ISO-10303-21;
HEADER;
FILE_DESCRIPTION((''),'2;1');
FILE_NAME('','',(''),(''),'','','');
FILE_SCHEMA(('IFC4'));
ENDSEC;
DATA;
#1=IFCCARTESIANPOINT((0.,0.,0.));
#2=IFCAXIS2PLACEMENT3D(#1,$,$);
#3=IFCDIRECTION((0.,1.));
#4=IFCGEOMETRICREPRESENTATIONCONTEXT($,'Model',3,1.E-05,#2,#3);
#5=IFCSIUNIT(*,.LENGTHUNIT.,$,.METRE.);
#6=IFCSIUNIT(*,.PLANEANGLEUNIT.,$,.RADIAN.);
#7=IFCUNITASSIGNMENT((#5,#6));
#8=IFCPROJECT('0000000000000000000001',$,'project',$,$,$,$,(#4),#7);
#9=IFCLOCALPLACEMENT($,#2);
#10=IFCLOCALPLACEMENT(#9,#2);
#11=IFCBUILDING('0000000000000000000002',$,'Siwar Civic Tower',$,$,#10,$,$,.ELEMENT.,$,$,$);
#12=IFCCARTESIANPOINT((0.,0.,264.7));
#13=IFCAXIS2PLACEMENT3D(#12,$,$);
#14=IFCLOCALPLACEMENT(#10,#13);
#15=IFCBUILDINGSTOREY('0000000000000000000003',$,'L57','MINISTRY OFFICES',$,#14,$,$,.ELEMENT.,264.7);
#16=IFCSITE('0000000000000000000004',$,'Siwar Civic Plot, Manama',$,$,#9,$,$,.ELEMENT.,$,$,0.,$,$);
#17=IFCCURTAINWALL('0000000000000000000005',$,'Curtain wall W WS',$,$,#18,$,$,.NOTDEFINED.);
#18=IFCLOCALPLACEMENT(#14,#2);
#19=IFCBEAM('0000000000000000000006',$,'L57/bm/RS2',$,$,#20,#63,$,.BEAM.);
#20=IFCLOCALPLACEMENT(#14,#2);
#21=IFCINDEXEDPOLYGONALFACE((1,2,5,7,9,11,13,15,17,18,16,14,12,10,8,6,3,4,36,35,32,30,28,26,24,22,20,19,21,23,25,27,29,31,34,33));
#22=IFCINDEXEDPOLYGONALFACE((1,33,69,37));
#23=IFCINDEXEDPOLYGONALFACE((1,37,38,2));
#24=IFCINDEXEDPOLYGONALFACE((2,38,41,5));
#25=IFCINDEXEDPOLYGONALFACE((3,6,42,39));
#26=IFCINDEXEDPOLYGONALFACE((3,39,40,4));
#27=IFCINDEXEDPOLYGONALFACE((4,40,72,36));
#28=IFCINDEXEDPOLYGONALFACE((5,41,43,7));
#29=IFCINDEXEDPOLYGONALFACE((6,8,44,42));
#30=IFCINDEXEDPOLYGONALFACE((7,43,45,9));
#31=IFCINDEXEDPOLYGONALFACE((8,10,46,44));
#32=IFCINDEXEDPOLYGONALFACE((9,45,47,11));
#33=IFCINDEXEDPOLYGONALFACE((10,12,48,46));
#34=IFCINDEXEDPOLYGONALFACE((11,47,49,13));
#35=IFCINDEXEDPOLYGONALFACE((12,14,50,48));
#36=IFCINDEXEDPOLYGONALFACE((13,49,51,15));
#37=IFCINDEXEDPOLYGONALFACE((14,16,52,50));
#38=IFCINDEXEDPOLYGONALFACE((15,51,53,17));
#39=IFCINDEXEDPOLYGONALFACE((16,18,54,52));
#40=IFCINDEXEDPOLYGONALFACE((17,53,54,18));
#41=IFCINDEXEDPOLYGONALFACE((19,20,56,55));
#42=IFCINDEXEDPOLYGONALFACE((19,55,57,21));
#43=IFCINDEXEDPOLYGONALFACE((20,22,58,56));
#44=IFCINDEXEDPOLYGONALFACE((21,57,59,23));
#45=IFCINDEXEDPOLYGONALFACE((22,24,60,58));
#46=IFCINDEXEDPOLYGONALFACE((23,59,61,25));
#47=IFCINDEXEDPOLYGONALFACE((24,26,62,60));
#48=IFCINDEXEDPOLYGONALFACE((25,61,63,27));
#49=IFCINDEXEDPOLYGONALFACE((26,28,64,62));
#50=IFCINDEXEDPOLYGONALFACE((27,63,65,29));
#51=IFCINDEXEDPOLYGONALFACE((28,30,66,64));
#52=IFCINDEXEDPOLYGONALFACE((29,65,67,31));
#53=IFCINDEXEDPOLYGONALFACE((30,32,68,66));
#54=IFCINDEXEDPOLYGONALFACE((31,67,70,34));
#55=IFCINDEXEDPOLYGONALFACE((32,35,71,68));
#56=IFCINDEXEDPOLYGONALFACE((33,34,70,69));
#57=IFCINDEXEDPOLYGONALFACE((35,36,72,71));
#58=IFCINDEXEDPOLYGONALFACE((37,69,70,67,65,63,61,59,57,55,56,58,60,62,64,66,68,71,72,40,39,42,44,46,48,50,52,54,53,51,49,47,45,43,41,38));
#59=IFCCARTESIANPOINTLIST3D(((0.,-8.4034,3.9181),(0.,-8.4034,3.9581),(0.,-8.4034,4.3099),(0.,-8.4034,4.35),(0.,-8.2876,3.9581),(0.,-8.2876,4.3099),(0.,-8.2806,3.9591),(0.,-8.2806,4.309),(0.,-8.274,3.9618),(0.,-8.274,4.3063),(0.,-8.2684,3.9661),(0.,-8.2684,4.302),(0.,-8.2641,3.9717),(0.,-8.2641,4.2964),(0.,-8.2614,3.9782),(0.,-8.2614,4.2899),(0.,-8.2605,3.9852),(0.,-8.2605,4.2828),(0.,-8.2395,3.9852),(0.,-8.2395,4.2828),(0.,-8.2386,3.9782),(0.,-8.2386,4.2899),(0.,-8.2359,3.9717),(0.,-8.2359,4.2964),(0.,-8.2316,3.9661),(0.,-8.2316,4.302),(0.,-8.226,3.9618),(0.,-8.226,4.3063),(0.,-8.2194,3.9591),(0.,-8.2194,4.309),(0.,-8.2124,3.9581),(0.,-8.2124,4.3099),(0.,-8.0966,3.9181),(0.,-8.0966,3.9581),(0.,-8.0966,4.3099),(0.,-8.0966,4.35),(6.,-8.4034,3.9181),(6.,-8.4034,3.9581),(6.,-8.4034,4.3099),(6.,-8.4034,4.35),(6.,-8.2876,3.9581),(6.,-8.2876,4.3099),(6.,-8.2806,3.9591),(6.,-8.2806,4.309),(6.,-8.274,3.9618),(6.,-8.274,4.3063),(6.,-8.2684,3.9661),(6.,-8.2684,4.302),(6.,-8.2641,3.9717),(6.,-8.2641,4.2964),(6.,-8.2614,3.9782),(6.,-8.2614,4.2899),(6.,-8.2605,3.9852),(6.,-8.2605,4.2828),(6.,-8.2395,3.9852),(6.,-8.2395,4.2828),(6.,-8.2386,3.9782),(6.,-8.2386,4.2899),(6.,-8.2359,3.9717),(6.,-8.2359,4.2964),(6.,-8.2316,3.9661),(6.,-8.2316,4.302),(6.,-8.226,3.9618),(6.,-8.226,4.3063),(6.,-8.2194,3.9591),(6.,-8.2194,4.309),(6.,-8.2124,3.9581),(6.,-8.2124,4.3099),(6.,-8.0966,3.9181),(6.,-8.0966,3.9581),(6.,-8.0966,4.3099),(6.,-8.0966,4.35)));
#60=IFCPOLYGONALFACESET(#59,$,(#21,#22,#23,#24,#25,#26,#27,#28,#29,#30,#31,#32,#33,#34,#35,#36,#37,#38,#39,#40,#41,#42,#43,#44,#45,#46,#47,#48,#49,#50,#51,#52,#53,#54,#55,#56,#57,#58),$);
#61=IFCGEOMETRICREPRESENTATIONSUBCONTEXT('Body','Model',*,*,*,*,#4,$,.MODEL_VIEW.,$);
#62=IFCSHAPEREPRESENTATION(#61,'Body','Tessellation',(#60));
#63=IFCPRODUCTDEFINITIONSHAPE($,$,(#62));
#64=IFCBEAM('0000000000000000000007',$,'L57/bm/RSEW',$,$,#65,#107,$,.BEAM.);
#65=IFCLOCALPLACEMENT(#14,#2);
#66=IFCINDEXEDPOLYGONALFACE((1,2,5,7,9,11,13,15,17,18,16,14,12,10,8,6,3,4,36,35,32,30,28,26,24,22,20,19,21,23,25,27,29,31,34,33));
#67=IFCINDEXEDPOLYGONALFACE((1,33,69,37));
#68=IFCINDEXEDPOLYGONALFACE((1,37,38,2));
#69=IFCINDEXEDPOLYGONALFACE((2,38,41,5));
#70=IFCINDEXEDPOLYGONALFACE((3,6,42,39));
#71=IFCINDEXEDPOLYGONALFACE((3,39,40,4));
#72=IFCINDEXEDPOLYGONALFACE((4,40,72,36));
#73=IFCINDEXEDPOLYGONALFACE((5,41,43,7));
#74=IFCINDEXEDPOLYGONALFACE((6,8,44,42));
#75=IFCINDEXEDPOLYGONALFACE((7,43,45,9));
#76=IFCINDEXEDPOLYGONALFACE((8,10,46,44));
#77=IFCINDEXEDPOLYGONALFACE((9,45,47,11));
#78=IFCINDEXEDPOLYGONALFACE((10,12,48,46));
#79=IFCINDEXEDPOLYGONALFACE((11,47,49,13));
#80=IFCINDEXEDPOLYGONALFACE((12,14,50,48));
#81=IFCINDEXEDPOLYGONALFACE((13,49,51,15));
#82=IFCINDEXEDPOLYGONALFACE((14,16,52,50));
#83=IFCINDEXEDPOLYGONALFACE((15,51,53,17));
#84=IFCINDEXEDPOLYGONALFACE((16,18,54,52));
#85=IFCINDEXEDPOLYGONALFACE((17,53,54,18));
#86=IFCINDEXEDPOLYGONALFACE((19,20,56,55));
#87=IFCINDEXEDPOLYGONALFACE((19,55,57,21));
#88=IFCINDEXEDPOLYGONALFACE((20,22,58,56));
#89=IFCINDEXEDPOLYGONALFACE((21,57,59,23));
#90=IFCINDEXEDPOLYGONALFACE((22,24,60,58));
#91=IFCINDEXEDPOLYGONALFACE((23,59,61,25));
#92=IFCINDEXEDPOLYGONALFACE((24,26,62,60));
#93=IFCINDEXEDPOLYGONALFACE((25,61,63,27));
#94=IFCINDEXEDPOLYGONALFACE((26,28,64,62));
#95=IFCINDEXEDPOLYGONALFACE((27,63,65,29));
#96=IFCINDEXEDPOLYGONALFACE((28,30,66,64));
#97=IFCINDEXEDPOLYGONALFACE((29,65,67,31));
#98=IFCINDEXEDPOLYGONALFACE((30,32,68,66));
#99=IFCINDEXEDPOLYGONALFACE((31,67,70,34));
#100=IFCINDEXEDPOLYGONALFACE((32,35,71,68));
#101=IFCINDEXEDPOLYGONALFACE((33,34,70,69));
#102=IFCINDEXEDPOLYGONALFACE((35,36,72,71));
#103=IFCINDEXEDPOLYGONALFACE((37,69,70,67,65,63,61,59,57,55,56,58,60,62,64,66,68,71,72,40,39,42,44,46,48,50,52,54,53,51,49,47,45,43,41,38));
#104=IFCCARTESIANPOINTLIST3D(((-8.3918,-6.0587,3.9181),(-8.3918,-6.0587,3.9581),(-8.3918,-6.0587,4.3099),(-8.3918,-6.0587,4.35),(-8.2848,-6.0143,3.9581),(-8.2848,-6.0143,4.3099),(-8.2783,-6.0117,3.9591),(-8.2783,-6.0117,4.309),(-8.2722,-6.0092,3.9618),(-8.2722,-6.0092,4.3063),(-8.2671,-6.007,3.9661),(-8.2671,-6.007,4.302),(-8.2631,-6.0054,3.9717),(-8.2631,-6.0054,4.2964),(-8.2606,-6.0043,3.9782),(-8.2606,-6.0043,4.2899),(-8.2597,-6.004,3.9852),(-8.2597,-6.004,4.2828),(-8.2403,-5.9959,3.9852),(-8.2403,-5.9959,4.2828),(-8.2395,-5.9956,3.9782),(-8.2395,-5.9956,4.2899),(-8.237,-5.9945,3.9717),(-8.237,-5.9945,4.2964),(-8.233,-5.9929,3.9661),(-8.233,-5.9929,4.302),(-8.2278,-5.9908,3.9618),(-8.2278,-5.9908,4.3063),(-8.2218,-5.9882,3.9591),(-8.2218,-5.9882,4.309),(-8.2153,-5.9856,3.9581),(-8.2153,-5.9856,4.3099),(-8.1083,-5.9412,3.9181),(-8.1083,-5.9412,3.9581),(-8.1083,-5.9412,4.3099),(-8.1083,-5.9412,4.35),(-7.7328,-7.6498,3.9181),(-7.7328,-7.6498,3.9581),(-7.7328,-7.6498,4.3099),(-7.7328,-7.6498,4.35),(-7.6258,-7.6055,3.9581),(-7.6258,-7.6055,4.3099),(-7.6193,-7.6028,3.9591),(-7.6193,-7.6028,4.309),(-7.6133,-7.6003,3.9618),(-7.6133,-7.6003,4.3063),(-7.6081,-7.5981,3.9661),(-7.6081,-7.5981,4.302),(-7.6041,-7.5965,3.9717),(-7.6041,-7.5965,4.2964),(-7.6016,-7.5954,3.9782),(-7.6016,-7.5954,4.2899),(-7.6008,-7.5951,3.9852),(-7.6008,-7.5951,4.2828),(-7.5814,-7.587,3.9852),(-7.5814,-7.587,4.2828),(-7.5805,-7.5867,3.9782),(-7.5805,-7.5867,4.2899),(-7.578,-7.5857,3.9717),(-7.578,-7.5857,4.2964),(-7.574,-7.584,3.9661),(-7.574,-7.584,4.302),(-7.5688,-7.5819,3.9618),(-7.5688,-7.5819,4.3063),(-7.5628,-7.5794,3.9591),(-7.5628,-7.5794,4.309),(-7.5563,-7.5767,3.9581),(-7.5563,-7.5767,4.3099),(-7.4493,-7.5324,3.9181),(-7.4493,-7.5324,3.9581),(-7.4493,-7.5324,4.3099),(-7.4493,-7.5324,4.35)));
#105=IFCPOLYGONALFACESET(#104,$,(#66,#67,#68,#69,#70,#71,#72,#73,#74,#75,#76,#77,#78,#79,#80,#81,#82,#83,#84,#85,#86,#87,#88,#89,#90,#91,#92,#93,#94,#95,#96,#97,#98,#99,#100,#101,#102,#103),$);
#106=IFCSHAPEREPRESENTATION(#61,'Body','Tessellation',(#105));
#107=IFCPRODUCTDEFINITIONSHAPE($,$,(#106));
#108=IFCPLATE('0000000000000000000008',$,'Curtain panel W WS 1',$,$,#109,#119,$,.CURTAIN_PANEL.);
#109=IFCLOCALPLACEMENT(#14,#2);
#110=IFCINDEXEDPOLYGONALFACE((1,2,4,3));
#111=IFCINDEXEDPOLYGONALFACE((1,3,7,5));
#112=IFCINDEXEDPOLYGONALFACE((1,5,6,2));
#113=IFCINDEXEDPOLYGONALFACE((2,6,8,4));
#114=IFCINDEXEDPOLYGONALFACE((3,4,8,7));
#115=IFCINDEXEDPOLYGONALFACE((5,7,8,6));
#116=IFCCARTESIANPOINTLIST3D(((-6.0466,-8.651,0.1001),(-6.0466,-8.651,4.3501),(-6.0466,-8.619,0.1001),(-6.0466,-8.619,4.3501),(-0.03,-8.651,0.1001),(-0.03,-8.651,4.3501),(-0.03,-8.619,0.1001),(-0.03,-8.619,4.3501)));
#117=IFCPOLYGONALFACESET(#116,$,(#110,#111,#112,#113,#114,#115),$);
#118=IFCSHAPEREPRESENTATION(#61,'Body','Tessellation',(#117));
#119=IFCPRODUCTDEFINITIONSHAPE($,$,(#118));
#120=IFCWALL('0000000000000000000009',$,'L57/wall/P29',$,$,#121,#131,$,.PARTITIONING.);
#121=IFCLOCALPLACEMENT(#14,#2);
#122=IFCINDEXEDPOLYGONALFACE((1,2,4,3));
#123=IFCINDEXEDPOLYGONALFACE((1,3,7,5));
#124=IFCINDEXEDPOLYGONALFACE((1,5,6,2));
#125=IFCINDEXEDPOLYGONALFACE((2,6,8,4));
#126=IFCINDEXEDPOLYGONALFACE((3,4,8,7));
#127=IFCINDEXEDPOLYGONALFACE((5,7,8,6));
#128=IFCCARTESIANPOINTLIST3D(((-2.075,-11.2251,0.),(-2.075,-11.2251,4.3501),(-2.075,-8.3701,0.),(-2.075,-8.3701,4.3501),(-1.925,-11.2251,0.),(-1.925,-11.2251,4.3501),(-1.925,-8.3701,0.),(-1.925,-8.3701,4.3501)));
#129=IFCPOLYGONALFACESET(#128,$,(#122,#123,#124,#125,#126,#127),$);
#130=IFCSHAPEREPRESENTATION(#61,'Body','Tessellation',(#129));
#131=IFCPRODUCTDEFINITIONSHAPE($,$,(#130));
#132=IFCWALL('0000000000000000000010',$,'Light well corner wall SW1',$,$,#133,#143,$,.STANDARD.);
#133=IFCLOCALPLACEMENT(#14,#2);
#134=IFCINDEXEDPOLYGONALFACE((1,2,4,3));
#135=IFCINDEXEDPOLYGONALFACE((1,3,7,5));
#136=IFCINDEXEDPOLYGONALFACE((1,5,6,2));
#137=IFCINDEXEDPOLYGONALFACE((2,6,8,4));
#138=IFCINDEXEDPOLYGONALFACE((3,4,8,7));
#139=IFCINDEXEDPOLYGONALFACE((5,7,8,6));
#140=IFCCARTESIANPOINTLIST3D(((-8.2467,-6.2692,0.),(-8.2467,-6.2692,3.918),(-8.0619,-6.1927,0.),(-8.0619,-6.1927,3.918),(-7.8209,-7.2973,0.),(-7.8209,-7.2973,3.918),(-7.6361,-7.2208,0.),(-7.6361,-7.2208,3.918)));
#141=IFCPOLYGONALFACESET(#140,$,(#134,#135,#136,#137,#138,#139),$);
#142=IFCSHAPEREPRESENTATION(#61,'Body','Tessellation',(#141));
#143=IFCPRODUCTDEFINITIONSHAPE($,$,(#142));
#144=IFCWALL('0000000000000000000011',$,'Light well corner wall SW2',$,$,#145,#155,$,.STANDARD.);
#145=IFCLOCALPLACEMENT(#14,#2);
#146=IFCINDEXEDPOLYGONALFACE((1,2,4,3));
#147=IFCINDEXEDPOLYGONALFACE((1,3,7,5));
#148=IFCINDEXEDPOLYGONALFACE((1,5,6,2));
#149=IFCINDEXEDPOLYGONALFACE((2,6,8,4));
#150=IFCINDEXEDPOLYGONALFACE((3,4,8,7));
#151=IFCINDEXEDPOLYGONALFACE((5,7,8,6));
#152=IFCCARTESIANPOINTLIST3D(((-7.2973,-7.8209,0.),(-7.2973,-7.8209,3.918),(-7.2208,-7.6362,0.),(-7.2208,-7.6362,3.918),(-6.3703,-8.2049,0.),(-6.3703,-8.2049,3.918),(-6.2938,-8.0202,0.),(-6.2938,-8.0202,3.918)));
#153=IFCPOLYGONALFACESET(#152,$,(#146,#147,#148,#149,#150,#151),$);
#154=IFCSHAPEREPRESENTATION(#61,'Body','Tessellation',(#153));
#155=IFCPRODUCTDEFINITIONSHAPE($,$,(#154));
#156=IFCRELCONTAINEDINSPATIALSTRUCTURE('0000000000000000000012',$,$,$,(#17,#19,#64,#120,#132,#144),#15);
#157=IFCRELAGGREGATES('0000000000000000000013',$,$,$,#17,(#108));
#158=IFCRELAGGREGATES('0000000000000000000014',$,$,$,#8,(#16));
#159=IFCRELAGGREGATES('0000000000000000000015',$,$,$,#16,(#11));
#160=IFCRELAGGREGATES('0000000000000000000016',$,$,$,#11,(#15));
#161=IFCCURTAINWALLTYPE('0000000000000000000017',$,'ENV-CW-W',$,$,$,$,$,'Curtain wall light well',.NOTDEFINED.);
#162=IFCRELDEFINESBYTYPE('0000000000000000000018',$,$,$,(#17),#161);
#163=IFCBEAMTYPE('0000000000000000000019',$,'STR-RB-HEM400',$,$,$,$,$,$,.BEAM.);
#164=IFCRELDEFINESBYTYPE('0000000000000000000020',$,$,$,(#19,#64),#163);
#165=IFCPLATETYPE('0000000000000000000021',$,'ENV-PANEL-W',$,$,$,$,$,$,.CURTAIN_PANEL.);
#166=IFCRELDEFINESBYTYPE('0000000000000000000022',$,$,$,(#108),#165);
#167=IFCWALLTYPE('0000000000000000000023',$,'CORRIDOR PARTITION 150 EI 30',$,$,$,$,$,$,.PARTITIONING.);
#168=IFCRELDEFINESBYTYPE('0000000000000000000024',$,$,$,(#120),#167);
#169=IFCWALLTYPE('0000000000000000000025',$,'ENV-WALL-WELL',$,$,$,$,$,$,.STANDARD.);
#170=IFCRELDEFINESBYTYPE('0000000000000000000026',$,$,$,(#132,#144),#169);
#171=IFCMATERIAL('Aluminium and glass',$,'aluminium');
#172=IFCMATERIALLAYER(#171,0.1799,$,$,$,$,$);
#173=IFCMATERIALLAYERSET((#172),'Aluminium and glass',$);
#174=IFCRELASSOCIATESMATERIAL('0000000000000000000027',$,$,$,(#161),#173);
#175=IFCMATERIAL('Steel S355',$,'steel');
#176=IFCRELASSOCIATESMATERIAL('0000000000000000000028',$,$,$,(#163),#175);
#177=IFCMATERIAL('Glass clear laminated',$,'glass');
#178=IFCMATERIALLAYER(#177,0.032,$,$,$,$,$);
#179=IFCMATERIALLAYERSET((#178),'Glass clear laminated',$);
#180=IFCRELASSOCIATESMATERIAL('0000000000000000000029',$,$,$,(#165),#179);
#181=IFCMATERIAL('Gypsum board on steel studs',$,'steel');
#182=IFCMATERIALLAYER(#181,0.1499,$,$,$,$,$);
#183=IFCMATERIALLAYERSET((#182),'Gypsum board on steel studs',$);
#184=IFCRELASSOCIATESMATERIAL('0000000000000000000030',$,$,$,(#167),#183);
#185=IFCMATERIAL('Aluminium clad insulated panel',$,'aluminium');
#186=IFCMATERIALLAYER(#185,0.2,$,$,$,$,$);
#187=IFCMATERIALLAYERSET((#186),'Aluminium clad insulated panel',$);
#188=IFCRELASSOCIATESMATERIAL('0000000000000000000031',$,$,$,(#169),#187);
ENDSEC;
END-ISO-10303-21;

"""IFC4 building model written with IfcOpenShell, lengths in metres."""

from ifc_helpers import new_model, si_unit, direction, frame, frame_2d, origin, origin_2d, place, context, subcontext, project, spatial, rectangle, i_section, extrude, material, layer, layer_set, material_profile, profile_set, type_object, element, aggregate, save


model = new_model("IFC4")

# Units and contexts
model_context = context("Model", 3, precision=1e-05, world=origin(), true_north=direction((0.0, 1.0)))
body_context = subcontext(model_context, "Body", "Model", "MODEL_VIEW")
ifc_project = project(units=[si_unit("LENGTHUNIT", "METRE"), si_unit("PLANEANGLEUNIT", "RADIAN")], contexts=[model_context])

# Site, building, storey
site_placement = place(None, origin())
site = spatial("IfcSite", under=ifc_project, at=site_placement, Name="Siwar Civic Plot, Manama", CompositionType="ELEMENT", RefElevation=0.0)
building_placement = place(site_placement, origin())
building = spatial("IfcBuilding", under=site, at=building_placement, Name="Siwar Civic Tower", CompositionType="ELEMENT")
storey_placement = place(building_placement, frame((0.0, 0.0, 264.7)))
storey = spatial("IfcBuildingStorey", under=building, at=storey_placement, Name="L57", Description="MINISTRY OFFICES", CompositionType="ELEMENT", Elevation=264.7)

# Curtain wall
ifc_material_1 = material(Name="Aluminium and glass", Category="aluminium")
ifc_layer_1 = layer(ifc_material_1, 0.1799)
ifc_layer_set_1 = layer_set([ifc_layer_1], Name="Aluminium and glass")
curtain_wall_type = type_object("IfcCurtainWallType", Name="ENV-CW-W", ElementType="Curtain wall light well", PredefinedType="NOTDEFINED", material=ifc_layer_set_1)
curtain_wall_placement = place(storey_placement, origin())
curtain_wall = element("IfcCurtainWall", 1, at=curtain_wall_placement, inside=storey, type_object=curtain_wall_type, Name="Curtain wall W WS", PredefinedType="NOTDEFINED")

# Beams
ifc_material_2 = material(Name="Steel S355", Category="steel")
ifc_material_profile_1 = material_profile(ifc_material_2, i_section(OverallWidth=0.3069, OverallDepth=0.4319, WebThickness=0.021, FlangeThickness=0.04, FilletRadius=0.0271, at=origin_2d()), Name="HEM400")
ifc_profile_set_1 = profile_set([ifc_material_profile_1], Name="Steel S355")
beam_type = type_object("IfcBeamType", Name="STR-RB-HEM400", PredefinedType="BEAM", material=ifc_profile_set_1)
for number, where, z_axis, x_axis, name in (
    (2, (0.0, -8.25, 4.134), (1.0, 0.0, 0.0), (0.0, 1.0, 0.0), "L57/bm/RS2"),
):
    element("IfcBeam", number, at=place(storey_placement, frame(where, z_axis=z_axis, x_axis=x_axis)), inside=storey, type_object=beam_type, Name=name, PredefinedType="BEAM", context=body_context, shape_type="SweptSolid", body=[
        extrude(i_section(OverallWidth=0.3069, OverallDepth=0.4319, WebThickness=0.021, FlangeThickness=0.04, FilletRadius=0.0271, at=origin_2d()), origin(), (0.0, 0.0, 1.0), 6.0),
    ])
beam_1_placement = place(storey_placement, frame((-7.5911, -7.5911, 4.134), z_axis=(-0.382631, 0.923901, 0.0), x_axis=(-0.923901, -0.382631, 0.0)))
element("IfcBeam", 3, at=beam_1_placement, inside=storey, type_object=beam_type, Name="L57/bm/RSEW", PredefinedType="BEAM", context=body_context, shape_type="SweptSolid", body=[
    extrude(i_section(OverallWidth=0.3069, OverallDepth=0.4319, WebThickness=0.021, FlangeThickness=0.04, FilletRadius=0.0271, at=origin_2d()), origin(), (0.0, 0.0, 1.0), 1.7222),
])

# Plate
ifc_material_3 = material(Name="Glass clear laminated", Category="glass")
ifc_layer_2 = layer(ifc_material_3, 0.032)
ifc_layer_set_2 = layer_set([ifc_layer_2], Name="Glass clear laminated")
plate_type = type_object("IfcPlateType", Name="ENV-PANEL-W", PredefinedType="CURTAIN_PANEL", material=ifc_layer_set_2)
plate_placement = place(storey_placement, frame((-3.0383, -8.635, 0.1001), z_axis=(0.0, 0.0, 1.0), x_axis=(1.0, 0.0, 0.0)))
plate = element("IfcPlate", 4, at=plate_placement, type_object=plate_type, Name="Curtain panel W WS 1", PredefinedType="CURTAIN_PANEL", context=body_context, shape_type="SweptSolid", body=[
    extrude(rectangle(XDim=6.0166, YDim=0.032, at=origin_2d()), origin(), (0.0, 0.0, 1.0), 4.25),
])
aggregate(curtain_wall, [plate])

# Walls
ifc_material_4 = material(Name="Gypsum board on steel studs", Category="steel")
ifc_layer_3 = layer(ifc_material_4, 0.1499)
ifc_layer_set_3 = layer_set([ifc_layer_3], Name="Gypsum board on steel studs")
wall_type_1 = type_object("IfcWallType", Name="CORRIDOR PARTITION 150 EI 30", PredefinedType="PARTITIONING", material=ifc_layer_set_3)
wall_1_placement = place(storey_placement, frame((-2.0, -11.2251, 0.0), z_axis=(0.0, 0.0, 1.0), x_axis=(0.0, 1.0, 0.0)))
element("IfcWall", 5, at=wall_1_placement, inside=storey, type_object=wall_type_1, Name="L57/wall/P29", PredefinedType="PARTITIONING", context=body_context, shape_type="SweptSolid", body=[
    extrude(rectangle(XDim=2.855, YDim=0.1499, at=frame_2d((1.4275, 0.0))), origin(), (0.0, 0.0, 1.0), 4.3501),
])
ifc_material_5 = material(Name="Aluminium clad insulated panel", Category="aluminium")
ifc_layer_4 = layer(ifc_material_5, 0.2)
ifc_layer_set_4 = layer_set([ifc_layer_4], Name="Aluminium clad insulated panel")
wall_type_2 = type_object("IfcWallType", Name="ENV-WALL-WELL", PredefinedType="STANDARD", material=ifc_layer_set_4)
wall_2_placement = place(storey_placement, frame((-8.1543, -6.231, 0.0), z_axis=(0.0, 0.0, 1.0), x_axis=(0.382636, -0.923899, 0.0)))
element("IfcWall", 6, at=wall_2_placement, inside=storey, type_object=wall_type_2, Name="Light well corner wall SW1", PredefinedType="STANDARD", context=body_context, shape_type="SweptSolid", body=[
    extrude(rectangle(XDim=1.1128, YDim=0.2, at=frame_2d((0.5564, 0.0))), origin(), (0.0, 0.0, 1.0), 3.918),
])
wall_3_placement = place(storey_placement, frame((-7.259, -7.7285, 0.0), z_axis=(0.0, 0.0, 1.0), x_axis=(0.92386, -0.382731, 0.0)))
element("IfcWall", 7, at=wall_3_placement, inside=storey, type_object=wall_type_2, Name="Light well corner wall SW2", PredefinedType="STANDARD", context=body_context, shape_type="SweptSolid", body=[
    extrude(rectangle(XDim=1.0034, YDim=0.2, at=frame_2d((0.5017, 0.0))), origin(), (0.0, 0.0, 1.0), 3.918),
])

save(model, "model.ifc")
